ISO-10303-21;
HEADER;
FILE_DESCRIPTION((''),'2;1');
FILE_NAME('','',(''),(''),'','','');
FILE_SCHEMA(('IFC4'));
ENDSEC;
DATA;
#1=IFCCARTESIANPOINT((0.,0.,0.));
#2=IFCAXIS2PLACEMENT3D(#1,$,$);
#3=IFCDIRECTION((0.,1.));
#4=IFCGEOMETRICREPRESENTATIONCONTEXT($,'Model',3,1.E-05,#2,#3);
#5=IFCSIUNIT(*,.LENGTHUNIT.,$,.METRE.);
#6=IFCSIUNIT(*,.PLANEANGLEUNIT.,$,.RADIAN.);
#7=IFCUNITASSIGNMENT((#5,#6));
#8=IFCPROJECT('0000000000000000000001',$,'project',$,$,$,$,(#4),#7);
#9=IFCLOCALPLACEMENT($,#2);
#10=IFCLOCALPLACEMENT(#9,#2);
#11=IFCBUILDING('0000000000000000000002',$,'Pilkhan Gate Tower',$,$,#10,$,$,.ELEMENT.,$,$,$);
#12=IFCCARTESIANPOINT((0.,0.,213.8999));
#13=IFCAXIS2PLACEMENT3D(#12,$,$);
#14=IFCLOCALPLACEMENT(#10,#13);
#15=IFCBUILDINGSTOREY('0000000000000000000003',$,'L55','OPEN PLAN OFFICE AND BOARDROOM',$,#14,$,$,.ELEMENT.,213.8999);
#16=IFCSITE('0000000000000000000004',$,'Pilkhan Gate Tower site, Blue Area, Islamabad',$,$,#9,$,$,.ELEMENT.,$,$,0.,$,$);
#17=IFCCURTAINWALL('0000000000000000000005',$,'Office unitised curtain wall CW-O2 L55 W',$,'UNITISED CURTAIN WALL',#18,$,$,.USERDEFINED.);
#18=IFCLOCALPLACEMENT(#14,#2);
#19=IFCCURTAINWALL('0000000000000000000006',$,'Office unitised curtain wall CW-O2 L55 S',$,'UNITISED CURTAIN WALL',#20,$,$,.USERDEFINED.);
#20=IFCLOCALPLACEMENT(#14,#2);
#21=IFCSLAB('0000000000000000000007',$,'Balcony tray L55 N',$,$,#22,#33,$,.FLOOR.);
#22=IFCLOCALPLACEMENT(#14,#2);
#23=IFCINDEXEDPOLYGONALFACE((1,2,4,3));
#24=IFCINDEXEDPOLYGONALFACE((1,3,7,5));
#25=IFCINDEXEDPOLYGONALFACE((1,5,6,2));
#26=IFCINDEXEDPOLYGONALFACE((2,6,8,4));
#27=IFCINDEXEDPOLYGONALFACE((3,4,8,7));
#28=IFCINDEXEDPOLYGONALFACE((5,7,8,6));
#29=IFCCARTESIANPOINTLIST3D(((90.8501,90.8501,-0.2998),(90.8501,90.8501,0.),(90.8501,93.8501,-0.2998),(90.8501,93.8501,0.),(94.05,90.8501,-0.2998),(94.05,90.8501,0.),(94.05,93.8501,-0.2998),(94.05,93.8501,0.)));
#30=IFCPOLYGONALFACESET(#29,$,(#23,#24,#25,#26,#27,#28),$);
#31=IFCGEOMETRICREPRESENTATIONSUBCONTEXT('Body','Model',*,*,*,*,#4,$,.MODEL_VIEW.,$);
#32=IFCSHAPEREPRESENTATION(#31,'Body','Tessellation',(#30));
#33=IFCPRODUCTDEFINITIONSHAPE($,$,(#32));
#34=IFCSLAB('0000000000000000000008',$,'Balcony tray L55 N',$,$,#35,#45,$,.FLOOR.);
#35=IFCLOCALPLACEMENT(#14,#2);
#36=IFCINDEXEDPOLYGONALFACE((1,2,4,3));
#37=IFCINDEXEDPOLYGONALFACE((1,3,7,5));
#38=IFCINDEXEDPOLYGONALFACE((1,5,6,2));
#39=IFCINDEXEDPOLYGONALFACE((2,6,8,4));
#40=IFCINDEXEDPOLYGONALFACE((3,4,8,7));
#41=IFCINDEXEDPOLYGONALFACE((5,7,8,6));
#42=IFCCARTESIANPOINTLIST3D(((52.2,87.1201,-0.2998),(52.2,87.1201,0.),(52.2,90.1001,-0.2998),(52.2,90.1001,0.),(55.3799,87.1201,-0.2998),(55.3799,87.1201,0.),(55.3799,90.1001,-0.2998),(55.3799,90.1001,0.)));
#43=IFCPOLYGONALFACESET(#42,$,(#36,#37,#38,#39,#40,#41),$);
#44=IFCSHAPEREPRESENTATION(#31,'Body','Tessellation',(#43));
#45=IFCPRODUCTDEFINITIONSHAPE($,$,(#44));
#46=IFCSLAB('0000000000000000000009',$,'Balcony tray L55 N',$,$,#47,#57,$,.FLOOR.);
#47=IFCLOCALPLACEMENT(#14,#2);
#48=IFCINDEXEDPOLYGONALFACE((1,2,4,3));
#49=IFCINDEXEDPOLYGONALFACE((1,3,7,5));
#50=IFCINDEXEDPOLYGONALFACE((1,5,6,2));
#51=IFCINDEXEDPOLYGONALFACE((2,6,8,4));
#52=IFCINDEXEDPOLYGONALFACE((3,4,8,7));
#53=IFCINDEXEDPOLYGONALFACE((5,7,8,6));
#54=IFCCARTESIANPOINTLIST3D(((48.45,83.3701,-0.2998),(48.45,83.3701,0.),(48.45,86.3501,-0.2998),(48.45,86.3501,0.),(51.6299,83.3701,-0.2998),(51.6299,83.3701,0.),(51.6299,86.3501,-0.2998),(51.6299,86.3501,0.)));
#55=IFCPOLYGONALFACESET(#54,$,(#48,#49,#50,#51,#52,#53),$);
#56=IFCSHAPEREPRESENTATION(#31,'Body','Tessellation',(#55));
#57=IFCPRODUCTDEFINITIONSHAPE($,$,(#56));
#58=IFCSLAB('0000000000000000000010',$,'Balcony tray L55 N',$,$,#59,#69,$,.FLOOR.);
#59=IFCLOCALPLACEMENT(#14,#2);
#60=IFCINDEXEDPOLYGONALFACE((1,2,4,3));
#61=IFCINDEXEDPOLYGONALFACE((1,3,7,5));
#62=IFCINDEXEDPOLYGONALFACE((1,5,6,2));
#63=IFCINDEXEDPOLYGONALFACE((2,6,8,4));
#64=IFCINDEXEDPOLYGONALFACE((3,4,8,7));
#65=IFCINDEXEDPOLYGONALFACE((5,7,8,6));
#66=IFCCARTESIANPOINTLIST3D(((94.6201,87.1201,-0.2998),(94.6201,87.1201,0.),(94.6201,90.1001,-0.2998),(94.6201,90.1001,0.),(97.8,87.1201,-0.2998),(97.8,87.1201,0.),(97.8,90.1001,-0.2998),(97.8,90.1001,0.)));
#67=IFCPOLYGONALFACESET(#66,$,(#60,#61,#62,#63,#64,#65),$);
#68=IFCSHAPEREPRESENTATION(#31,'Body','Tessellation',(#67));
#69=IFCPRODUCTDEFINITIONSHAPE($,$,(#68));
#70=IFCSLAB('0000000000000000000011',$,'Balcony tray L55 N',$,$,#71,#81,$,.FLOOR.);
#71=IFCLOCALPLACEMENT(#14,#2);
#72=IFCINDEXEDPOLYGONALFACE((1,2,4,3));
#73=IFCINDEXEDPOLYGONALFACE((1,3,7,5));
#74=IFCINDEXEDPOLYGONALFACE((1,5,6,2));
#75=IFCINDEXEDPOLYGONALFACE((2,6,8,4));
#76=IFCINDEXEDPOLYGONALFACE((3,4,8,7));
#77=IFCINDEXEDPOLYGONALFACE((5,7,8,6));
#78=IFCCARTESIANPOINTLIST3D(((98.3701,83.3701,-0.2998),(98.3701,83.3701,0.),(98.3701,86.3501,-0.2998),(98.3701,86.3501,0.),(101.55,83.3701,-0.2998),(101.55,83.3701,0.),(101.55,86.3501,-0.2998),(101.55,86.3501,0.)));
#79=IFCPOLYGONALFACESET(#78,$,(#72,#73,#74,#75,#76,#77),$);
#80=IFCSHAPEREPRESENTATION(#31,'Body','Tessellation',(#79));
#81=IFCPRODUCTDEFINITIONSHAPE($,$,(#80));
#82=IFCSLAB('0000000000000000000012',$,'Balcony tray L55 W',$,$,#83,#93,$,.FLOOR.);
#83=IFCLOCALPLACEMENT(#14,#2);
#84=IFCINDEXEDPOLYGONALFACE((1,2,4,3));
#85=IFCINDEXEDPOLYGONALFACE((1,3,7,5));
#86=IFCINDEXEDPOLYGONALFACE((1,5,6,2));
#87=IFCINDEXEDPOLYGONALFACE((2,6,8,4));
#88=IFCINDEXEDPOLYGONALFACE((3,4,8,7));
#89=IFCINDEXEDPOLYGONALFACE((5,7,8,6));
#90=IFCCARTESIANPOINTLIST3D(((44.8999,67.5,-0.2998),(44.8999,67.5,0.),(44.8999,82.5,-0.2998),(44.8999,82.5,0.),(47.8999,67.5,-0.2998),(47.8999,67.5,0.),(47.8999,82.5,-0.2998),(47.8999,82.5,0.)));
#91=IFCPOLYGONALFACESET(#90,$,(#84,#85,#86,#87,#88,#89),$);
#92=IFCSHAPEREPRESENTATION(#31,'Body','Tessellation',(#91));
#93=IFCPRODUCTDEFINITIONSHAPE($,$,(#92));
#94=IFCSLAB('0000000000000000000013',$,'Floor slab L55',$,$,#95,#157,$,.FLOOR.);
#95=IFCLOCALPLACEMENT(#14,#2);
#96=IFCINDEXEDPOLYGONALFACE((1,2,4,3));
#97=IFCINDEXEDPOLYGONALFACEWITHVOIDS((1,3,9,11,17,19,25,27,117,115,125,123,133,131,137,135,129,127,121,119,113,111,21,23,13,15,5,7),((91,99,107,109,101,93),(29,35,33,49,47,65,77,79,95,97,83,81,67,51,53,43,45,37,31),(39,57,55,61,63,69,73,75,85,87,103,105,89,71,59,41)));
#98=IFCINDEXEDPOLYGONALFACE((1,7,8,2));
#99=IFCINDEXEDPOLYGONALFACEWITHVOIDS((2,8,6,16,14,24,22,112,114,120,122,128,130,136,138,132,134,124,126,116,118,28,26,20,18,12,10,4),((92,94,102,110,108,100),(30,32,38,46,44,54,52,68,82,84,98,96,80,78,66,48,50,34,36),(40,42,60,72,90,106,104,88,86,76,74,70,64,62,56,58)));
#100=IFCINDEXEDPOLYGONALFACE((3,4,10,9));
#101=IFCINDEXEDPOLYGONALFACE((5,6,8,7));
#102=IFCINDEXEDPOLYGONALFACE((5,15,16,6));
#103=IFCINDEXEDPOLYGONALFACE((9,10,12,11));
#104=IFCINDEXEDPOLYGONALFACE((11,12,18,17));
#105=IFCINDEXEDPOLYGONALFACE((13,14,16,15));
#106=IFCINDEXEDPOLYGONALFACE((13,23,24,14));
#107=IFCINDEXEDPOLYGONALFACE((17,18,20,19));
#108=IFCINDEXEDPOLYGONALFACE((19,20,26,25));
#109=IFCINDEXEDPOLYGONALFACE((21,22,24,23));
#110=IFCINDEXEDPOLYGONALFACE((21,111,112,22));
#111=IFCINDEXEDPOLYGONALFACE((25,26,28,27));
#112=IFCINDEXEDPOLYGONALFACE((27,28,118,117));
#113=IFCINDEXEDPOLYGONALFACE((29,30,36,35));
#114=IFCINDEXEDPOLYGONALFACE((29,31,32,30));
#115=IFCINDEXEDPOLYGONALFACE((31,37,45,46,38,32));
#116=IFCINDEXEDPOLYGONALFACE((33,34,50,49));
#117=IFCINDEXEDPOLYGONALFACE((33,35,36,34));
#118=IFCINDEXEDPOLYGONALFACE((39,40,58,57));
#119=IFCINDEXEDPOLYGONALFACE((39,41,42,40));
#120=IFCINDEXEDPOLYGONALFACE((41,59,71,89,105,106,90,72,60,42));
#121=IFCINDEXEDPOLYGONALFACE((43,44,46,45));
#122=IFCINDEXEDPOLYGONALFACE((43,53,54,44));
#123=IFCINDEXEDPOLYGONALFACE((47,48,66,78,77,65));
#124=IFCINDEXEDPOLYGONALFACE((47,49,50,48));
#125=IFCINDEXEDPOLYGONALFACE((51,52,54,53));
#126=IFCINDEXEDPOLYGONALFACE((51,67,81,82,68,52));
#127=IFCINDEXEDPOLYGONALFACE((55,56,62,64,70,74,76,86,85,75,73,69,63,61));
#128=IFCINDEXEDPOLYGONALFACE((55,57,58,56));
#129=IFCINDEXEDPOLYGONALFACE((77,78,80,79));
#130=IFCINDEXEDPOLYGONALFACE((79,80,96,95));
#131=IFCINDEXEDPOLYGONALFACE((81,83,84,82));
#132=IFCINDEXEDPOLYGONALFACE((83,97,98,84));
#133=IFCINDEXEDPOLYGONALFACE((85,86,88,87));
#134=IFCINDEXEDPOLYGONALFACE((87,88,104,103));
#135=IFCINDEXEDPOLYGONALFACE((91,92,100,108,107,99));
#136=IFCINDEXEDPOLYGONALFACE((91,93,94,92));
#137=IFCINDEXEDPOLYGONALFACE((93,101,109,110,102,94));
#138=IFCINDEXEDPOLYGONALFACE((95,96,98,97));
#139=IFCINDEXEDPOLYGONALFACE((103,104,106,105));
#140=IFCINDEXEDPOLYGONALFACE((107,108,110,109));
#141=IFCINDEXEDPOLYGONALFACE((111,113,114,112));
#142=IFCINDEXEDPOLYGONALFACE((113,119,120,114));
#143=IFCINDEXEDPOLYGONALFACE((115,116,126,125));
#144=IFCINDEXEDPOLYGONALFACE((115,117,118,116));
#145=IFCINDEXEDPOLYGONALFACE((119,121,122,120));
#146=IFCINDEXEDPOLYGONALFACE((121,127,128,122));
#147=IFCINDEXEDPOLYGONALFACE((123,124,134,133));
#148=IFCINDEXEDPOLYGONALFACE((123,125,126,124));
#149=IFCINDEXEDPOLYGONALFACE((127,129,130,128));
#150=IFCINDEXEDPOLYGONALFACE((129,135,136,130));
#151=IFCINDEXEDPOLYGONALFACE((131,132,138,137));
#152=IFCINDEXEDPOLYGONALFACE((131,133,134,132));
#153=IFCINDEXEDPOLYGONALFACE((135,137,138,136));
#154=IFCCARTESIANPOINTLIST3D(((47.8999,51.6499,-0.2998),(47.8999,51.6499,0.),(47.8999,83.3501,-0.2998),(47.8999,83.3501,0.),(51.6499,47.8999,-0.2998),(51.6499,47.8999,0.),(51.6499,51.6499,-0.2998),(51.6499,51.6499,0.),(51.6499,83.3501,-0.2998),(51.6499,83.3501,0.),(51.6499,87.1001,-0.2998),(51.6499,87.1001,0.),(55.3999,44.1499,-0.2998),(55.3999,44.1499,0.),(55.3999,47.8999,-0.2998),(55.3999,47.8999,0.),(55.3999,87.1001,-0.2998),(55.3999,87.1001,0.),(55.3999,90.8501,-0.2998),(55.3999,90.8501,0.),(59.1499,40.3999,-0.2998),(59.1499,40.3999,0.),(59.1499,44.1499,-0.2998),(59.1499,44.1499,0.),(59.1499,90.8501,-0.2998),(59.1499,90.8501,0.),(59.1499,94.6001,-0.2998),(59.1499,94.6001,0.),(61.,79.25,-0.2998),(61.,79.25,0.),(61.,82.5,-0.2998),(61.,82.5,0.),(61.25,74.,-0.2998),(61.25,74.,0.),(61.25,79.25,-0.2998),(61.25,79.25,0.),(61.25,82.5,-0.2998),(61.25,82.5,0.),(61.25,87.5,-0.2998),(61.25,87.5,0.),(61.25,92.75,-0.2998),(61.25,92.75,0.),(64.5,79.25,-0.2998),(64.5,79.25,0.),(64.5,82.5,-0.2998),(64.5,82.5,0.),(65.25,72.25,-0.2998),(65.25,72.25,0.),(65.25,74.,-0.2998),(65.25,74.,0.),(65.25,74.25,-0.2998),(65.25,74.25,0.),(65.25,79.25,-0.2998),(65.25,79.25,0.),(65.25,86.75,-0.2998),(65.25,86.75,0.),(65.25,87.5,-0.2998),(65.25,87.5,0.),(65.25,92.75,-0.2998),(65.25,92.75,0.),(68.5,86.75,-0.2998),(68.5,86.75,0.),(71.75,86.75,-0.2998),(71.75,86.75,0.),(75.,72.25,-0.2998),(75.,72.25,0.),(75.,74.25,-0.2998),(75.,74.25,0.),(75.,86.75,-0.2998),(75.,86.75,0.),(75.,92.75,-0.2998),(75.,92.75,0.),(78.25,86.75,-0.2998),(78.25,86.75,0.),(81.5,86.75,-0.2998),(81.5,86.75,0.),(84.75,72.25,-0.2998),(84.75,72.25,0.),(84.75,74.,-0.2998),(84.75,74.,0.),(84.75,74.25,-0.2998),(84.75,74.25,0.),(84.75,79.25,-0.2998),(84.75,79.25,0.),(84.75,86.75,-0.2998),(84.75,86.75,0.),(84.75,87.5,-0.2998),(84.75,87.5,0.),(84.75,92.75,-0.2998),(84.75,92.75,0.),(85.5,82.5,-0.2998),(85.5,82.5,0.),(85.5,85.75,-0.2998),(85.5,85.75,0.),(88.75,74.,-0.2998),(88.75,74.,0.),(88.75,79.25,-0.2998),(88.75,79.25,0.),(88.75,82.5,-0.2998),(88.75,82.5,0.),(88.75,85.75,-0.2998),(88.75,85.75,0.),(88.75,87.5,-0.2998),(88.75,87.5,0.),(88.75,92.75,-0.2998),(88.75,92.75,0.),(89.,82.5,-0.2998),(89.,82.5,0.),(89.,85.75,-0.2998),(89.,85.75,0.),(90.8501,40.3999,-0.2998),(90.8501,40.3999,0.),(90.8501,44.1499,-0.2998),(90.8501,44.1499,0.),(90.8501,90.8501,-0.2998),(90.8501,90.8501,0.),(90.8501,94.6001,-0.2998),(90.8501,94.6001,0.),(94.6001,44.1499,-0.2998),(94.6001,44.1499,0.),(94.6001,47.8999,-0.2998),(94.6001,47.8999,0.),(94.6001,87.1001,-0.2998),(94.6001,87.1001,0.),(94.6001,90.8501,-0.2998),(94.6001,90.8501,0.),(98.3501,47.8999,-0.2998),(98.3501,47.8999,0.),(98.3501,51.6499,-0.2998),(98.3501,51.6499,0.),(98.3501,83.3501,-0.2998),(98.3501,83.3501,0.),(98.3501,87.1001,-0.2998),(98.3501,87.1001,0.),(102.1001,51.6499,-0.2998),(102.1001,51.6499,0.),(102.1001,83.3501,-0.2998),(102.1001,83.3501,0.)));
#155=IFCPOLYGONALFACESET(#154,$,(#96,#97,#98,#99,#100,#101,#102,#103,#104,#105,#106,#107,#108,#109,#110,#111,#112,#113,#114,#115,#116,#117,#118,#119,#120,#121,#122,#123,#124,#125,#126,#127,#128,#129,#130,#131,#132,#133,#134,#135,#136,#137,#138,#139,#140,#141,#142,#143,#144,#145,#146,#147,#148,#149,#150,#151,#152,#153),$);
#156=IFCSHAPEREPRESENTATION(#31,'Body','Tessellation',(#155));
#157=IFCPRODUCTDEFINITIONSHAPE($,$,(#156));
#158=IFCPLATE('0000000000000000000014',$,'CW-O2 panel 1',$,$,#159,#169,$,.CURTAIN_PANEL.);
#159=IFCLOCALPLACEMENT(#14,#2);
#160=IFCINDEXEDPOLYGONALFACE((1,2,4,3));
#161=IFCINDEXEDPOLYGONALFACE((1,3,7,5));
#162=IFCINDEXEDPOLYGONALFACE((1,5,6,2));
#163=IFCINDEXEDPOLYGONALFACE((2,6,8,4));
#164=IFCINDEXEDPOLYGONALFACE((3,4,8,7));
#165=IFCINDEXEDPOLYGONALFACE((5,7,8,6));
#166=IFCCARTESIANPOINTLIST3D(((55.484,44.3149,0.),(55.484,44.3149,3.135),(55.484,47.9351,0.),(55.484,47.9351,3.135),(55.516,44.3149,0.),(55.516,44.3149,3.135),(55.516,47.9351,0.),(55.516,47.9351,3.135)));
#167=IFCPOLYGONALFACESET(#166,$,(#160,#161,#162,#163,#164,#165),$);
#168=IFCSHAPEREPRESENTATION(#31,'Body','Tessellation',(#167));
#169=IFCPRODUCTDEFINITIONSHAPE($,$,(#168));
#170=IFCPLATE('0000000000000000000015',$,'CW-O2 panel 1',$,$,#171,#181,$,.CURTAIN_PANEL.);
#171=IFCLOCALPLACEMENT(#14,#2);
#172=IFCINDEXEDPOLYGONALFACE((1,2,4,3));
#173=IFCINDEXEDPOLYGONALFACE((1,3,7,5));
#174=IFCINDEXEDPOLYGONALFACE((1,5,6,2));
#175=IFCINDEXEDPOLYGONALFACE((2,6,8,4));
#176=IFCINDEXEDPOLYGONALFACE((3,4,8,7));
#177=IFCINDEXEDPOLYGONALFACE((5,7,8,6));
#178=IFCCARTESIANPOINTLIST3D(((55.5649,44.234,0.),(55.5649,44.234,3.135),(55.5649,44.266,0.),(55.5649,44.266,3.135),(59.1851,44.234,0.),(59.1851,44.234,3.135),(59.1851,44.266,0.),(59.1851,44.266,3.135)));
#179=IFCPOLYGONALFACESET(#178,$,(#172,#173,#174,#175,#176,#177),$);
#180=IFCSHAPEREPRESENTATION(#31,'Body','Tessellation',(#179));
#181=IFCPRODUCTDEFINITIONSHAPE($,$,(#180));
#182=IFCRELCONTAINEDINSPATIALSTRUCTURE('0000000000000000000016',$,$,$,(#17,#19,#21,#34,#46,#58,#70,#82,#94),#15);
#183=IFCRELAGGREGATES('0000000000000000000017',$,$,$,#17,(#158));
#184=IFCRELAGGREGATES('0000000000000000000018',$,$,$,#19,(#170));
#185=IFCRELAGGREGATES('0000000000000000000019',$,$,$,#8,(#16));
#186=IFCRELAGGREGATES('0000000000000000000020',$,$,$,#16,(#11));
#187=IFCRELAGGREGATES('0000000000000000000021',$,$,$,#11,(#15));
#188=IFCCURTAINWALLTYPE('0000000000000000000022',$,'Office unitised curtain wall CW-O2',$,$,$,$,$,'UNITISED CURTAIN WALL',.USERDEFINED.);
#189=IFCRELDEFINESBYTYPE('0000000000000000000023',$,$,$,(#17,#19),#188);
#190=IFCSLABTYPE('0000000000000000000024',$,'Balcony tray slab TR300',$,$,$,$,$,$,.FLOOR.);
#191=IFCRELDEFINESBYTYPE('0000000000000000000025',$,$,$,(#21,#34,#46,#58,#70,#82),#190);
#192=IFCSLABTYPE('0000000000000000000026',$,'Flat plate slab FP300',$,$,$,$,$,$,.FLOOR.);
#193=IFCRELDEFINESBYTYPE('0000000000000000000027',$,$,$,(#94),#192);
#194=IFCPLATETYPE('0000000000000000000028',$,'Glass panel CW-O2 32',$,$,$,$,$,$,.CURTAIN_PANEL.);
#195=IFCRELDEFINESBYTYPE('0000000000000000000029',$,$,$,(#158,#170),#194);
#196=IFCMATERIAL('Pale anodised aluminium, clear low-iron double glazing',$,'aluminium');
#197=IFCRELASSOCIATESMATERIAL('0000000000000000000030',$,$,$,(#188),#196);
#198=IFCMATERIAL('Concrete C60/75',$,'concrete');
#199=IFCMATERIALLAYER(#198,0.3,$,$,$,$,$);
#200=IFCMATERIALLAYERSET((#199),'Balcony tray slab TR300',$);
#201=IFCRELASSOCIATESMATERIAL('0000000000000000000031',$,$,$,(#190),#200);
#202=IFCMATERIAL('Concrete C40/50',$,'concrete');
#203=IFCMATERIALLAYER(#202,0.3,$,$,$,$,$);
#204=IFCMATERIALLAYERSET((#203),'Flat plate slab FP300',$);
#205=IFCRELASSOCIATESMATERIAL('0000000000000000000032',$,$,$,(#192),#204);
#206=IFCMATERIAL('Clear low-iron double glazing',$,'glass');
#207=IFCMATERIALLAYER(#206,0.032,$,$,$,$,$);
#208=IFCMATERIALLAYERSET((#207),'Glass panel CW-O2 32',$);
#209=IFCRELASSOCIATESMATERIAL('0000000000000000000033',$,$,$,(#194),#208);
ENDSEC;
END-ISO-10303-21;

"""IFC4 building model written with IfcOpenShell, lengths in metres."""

from ifc_helpers import new_model, si_unit, direction, frame, origin, origin_2d, place, context, subcontext, project, spatial, polyline, rectangle, outline, extrude, material, layer, layer_set, type_object, element, aggregate, save


model = new_model("IFC4")

# Units and contexts
model_context = context("Model", 3, precision=1e-05, world=origin(), true_north=direction((0.0, 1.0)))
body_context = subcontext(model_context, "Body", "Model", "MODEL_VIEW")
ifc_project = project(units=[si_unit("LENGTHUNIT", "METRE"), si_unit("PLANEANGLEUNIT", "RADIAN")], contexts=[model_context])

# Site, building, storey
site_placement = place(None, origin())
site = spatial("IfcSite", under=ifc_project, at=site_placement, Name="Pilkhan Gate Tower site, Blue Area, Islamabad", CompositionType="ELEMENT", RefElevation=0.0)
building_placement = place(site_placement, origin())
building = spatial("IfcBuilding", under=site, at=building_placement, Name="Pilkhan Gate Tower", CompositionType="ELEMENT")
storey_placement = place(building_placement, frame((0.0, 0.0, 213.8999)))
storey = spatial("IfcBuildingStorey", under=building, at=storey_placement, Name="L55", Description="OPEN PLAN OFFICE AND BOARDROOM", CompositionType="ELEMENT", Elevation=213.8999)

# Curtain wall
ifc_material_1 = material(Name="Pale anodised aluminium, clear low-iron double glazing", Category="aluminium")
curtain_wall_type = type_object("IfcCurtainWallType", Name="Office unitised curtain wall CW-O2", ElementType="UNITISED CURTAIN WALL", PredefinedType="USERDEFINED", material=ifc_material_1)
curtain_wall_1_placement = place(storey_placement, origin())
curtain_wall_1 = element("IfcCurtainWall", 1, at=curtain_wall_1_placement, inside=storey, type_object=curtain_wall_type, Name="Office unitised curtain wall CW-O2 L55 W", ObjectType="UNITISED CURTAIN WALL", PredefinedType="USERDEFINED")

# Curtain wall
curtain_wall_2_placement = place(storey_placement, origin())
curtain_wall_2 = element("IfcCurtainWall", 2, at=curtain_wall_2_placement, inside=storey, type_object=curtain_wall_type, Name="Office unitised curtain wall CW-O2 L55 S", ObjectType="UNITISED CURTAIN WALL", PredefinedType="USERDEFINED")

# Slabs
ifc_material_2 = material(Name="Concrete C60/75", Category="concrete")
ifc_layer_1 = layer(ifc_material_2, 0.3)
ifc_layer_set_1 = layer_set([ifc_layer_1], Name="Balcony tray slab TR300")
slab_type_1 = type_object("IfcSlabType", Name="Balcony tray slab TR300", PredefinedType="FLOOR", material=ifc_layer_set_1)
slab_1_placement = place(storey_placement, frame((0.0, 0.0, -0.2998)))
element("IfcSlab", 3, at=slab_1_placement, inside=storey, type_object=slab_type_1, Name="Balcony tray L55 N", PredefinedType="FLOOR", context=body_context, shape_type="SweptSolid", body=[
    extrude(outline(polyline([(94.05, 90.8501), (94.05, 93.8501), (90.8501, 93.8501), (90.8501, 90.8501), (94.05, 90.8501)])), origin(), (0.0, 0.0, 1.0), 0.2998),
])
slab_2_placement = place(storey_placement, frame((0.0, 0.0, -0.2998)))
element("IfcSlab", 4, at=slab_2_placement, inside=storey, type_object=slab_type_1, Name="Balcony tray L55 N", PredefinedType="FLOOR", context=body_context, shape_type="SweptSolid", body=[
    extrude(outline(polyline([(55.3799, 87.1201), (55.3799, 90.1001), (52.2, 90.1001), (52.2, 87.1201), (55.3799, 87.1201)])), origin(), (0.0, 0.0, 1.0), 0.2998),
])
slab_3_placement = place(storey_placement, frame((0.0, 0.0, -0.2998)))
element("IfcSlab", 5, at=slab_3_placement, inside=storey, type_object=slab_type_1, Name="Balcony tray L55 N", PredefinedType="FLOOR", context=body_context, shape_type="SweptSolid", body=[
    extrude(outline(polyline([(51.6299, 83.3701), (51.6299, 86.3501), (48.45, 86.3501), (48.45, 83.3701), (51.6299, 83.3701)])), origin(), (0.0, 0.0, 1.0), 0.2998),
])
slab_4_placement = place(storey_placement, frame((0.0, 0.0, -0.2998)))
element("IfcSlab", 6, at=slab_4_placement, inside=storey, type_object=slab_type_1, Name="Balcony tray L55 N", PredefinedType="FLOOR", context=body_context, shape_type="SweptSolid", body=[
    extrude(outline(polyline([(97.8, 87.1201), (97.8, 90.1001), (94.6201, 90.1001), (94.6201, 87.1201), (97.8, 87.1201)])), origin(), (0.0, 0.0, 1.0), 0.2998),
])
slab_5_placement = place(storey_placement, frame((0.0, 0.0, -0.2998)))
element("IfcSlab", 7, at=slab_5_placement, inside=storey, type_object=slab_type_1, Name="Balcony tray L55 N", PredefinedType="FLOOR", context=body_context, shape_type="SweptSolid", body=[
    extrude(outline(polyline([(101.55, 83.3701), (101.55, 86.3501), (98.3701, 86.3501), (98.3701, 83.3701), (101.55, 83.3701)])), origin(), (0.0, 0.0, 1.0), 0.2998),
])
slab_6_placement = place(storey_placement, frame((0.0, 0.0, -0.2998)))
element("IfcSlab", 8, at=slab_6_placement, inside=storey, type_object=slab_type_1, Name="Balcony tray L55 W", PredefinedType="FLOOR", context=body_context, shape_type="SweptSolid", body=[
    extrude(outline(polyline([(47.8999, 67.5), (47.8999, 82.5), (44.8999, 82.5), (44.8999, 67.5), (47.8999, 67.5)])), origin(), (0.0, 0.0, 1.0), 0.2998),
])
ifc_material_3 = material(Name="Concrete C40/50", Category="concrete")
ifc_layer_2 = layer(ifc_material_3, 0.3)
ifc_layer_set_2 = layer_set([ifc_layer_2], Name="Flat plate slab FP300")
slab_type_2 = type_object("IfcSlabType", Name="Flat plate slab FP300", PredefinedType="FLOOR", material=ifc_layer_set_2)
slab_7_placement = place(storey_placement, frame((0.0, 0.0, -0.2998)))
element("IfcSlab", 9, at=slab_7_placement, inside=storey, type_object=slab_type_2, Name="Floor slab L55", PredefinedType="FLOOR", context=body_context, shape_type="SweptSolid", body=[
    extrude(outline(polyline([(98.3501, 47.8999), (94.6001, 47.8999), (94.6001, 44.1499), (90.8501, 44.1499), (90.8501, 40.3999), (59.1499, 40.3999), (59.1499, 44.1499), (55.3999, 44.1499), (55.3999, 47.8999), (51.6499, 47.8999), (51.6499, 51.6499), (47.8999, 51.6499), (47.8999, 83.3501), (51.6499, 83.3501), (51.6499, 87.1001), (55.3999, 87.1001), (55.3999, 90.8501), (59.1499, 90.8501), (59.1499, 94.6001), (90.8501, 94.6001), (90.8501, 90.8501), (94.6001, 90.8501), (94.6001, 87.1001), (98.3501, 87.1001), (98.3501, 83.3501), (102.1001, 83.3501), (102.1001, 51.6499), (98.3501, 51.6499), (98.3501, 47.8999)]), holes=[polyline([(75.0, 72.25), (84.75, 72.25), (84.75, 74.0), (88.75, 74.0), (88.75, 79.25), (84.75, 79.25), (84.75, 74.25), (75.0, 74.25), (65.25, 74.25), (65.25, 79.25), (64.5, 79.25), (64.5, 82.5), (61.25, 82.5), (61.0, 82.5), (61.0, 79.25), (61.25, 79.25), (61.25, 74.0), (65.25, 74.0), (65.25, 72.25), (75.0, 72.25)]), polyline([(68.5, 86.75), (71.75, 86.75), (75.0, 86.75), (78.25, 86.75), (81.5, 86.75), (84.75, 86.75), (84.75, 87.5), (88.75, 87.5), (88.75, 92.75), (84.75, 92.75), (75.0, 92.75), (65.25, 92.75), (61.25, 92.75), (61.25, 87.5), (65.25, 87.5), (65.25, 86.75), (68.5, 86.75)]), polyline([(85.5, 85.75), (85.5, 82.5), (88.75, 82.5), (89.0, 82.5), (89.0, 85.75), (88.75, 85.75), (85.5, 85.75)])]), origin(), (0.0, 0.0, 1.0), 0.2998),
])

# Plates
ifc_material_4 = material(Name="Clear low-iron double glazing", Category="glass")
ifc_layer_3 = layer(ifc_material_4, 0.032)
ifc_layer_set_3 = layer_set([ifc_layer_3], Name="Glass panel CW-O2 32")
plate_type = type_object("IfcPlateType", Name="Glass panel CW-O2 32", PredefinedType="CURTAIN_PANEL", material=ifc_layer_set_3)
plate_1_placement = place(storey_placement, frame((55.5, 46.125, 0.0), z_axis=(0.0, 0.0, 1.0), x_axis=(0.0, 1.0, 0.0)))
plate_1 = element("IfcPlate", 10, at=plate_1_placement, type_object=plate_type, Name="CW-O2 panel 1", PredefinedType="CURTAIN_PANEL", context=body_context, shape_type="SweptSolid", body=[
    extrude(rectangle(XDim=3.6201, YDim=0.032, at=origin_2d()), origin(), (0.0, 0.0, 1.0), 3.135),
])
aggregate(curtain_wall_1, [plate_1])
plate_2_placement = place(storey_placement, frame((57.375, 44.25, 0.0), z_axis=(0.0, 0.0, 1.0), x_axis=(1.0, 0.0, 0.0)))
plate_2 = element("IfcPlate", 11, at=plate_2_placement, type_object=plate_type, Name="CW-O2 panel 1", PredefinedType="CURTAIN_PANEL", context=body_context, shape_type="SweptSolid", body=[
    extrude(rectangle(XDim=3.6201, YDim=0.032, at=origin_2d()), origin(), (0.0, 0.0, 1.0), 3.135),
])
aggregate(curtain_wall_2, [plate_2])

save(model, "model.ifc")
